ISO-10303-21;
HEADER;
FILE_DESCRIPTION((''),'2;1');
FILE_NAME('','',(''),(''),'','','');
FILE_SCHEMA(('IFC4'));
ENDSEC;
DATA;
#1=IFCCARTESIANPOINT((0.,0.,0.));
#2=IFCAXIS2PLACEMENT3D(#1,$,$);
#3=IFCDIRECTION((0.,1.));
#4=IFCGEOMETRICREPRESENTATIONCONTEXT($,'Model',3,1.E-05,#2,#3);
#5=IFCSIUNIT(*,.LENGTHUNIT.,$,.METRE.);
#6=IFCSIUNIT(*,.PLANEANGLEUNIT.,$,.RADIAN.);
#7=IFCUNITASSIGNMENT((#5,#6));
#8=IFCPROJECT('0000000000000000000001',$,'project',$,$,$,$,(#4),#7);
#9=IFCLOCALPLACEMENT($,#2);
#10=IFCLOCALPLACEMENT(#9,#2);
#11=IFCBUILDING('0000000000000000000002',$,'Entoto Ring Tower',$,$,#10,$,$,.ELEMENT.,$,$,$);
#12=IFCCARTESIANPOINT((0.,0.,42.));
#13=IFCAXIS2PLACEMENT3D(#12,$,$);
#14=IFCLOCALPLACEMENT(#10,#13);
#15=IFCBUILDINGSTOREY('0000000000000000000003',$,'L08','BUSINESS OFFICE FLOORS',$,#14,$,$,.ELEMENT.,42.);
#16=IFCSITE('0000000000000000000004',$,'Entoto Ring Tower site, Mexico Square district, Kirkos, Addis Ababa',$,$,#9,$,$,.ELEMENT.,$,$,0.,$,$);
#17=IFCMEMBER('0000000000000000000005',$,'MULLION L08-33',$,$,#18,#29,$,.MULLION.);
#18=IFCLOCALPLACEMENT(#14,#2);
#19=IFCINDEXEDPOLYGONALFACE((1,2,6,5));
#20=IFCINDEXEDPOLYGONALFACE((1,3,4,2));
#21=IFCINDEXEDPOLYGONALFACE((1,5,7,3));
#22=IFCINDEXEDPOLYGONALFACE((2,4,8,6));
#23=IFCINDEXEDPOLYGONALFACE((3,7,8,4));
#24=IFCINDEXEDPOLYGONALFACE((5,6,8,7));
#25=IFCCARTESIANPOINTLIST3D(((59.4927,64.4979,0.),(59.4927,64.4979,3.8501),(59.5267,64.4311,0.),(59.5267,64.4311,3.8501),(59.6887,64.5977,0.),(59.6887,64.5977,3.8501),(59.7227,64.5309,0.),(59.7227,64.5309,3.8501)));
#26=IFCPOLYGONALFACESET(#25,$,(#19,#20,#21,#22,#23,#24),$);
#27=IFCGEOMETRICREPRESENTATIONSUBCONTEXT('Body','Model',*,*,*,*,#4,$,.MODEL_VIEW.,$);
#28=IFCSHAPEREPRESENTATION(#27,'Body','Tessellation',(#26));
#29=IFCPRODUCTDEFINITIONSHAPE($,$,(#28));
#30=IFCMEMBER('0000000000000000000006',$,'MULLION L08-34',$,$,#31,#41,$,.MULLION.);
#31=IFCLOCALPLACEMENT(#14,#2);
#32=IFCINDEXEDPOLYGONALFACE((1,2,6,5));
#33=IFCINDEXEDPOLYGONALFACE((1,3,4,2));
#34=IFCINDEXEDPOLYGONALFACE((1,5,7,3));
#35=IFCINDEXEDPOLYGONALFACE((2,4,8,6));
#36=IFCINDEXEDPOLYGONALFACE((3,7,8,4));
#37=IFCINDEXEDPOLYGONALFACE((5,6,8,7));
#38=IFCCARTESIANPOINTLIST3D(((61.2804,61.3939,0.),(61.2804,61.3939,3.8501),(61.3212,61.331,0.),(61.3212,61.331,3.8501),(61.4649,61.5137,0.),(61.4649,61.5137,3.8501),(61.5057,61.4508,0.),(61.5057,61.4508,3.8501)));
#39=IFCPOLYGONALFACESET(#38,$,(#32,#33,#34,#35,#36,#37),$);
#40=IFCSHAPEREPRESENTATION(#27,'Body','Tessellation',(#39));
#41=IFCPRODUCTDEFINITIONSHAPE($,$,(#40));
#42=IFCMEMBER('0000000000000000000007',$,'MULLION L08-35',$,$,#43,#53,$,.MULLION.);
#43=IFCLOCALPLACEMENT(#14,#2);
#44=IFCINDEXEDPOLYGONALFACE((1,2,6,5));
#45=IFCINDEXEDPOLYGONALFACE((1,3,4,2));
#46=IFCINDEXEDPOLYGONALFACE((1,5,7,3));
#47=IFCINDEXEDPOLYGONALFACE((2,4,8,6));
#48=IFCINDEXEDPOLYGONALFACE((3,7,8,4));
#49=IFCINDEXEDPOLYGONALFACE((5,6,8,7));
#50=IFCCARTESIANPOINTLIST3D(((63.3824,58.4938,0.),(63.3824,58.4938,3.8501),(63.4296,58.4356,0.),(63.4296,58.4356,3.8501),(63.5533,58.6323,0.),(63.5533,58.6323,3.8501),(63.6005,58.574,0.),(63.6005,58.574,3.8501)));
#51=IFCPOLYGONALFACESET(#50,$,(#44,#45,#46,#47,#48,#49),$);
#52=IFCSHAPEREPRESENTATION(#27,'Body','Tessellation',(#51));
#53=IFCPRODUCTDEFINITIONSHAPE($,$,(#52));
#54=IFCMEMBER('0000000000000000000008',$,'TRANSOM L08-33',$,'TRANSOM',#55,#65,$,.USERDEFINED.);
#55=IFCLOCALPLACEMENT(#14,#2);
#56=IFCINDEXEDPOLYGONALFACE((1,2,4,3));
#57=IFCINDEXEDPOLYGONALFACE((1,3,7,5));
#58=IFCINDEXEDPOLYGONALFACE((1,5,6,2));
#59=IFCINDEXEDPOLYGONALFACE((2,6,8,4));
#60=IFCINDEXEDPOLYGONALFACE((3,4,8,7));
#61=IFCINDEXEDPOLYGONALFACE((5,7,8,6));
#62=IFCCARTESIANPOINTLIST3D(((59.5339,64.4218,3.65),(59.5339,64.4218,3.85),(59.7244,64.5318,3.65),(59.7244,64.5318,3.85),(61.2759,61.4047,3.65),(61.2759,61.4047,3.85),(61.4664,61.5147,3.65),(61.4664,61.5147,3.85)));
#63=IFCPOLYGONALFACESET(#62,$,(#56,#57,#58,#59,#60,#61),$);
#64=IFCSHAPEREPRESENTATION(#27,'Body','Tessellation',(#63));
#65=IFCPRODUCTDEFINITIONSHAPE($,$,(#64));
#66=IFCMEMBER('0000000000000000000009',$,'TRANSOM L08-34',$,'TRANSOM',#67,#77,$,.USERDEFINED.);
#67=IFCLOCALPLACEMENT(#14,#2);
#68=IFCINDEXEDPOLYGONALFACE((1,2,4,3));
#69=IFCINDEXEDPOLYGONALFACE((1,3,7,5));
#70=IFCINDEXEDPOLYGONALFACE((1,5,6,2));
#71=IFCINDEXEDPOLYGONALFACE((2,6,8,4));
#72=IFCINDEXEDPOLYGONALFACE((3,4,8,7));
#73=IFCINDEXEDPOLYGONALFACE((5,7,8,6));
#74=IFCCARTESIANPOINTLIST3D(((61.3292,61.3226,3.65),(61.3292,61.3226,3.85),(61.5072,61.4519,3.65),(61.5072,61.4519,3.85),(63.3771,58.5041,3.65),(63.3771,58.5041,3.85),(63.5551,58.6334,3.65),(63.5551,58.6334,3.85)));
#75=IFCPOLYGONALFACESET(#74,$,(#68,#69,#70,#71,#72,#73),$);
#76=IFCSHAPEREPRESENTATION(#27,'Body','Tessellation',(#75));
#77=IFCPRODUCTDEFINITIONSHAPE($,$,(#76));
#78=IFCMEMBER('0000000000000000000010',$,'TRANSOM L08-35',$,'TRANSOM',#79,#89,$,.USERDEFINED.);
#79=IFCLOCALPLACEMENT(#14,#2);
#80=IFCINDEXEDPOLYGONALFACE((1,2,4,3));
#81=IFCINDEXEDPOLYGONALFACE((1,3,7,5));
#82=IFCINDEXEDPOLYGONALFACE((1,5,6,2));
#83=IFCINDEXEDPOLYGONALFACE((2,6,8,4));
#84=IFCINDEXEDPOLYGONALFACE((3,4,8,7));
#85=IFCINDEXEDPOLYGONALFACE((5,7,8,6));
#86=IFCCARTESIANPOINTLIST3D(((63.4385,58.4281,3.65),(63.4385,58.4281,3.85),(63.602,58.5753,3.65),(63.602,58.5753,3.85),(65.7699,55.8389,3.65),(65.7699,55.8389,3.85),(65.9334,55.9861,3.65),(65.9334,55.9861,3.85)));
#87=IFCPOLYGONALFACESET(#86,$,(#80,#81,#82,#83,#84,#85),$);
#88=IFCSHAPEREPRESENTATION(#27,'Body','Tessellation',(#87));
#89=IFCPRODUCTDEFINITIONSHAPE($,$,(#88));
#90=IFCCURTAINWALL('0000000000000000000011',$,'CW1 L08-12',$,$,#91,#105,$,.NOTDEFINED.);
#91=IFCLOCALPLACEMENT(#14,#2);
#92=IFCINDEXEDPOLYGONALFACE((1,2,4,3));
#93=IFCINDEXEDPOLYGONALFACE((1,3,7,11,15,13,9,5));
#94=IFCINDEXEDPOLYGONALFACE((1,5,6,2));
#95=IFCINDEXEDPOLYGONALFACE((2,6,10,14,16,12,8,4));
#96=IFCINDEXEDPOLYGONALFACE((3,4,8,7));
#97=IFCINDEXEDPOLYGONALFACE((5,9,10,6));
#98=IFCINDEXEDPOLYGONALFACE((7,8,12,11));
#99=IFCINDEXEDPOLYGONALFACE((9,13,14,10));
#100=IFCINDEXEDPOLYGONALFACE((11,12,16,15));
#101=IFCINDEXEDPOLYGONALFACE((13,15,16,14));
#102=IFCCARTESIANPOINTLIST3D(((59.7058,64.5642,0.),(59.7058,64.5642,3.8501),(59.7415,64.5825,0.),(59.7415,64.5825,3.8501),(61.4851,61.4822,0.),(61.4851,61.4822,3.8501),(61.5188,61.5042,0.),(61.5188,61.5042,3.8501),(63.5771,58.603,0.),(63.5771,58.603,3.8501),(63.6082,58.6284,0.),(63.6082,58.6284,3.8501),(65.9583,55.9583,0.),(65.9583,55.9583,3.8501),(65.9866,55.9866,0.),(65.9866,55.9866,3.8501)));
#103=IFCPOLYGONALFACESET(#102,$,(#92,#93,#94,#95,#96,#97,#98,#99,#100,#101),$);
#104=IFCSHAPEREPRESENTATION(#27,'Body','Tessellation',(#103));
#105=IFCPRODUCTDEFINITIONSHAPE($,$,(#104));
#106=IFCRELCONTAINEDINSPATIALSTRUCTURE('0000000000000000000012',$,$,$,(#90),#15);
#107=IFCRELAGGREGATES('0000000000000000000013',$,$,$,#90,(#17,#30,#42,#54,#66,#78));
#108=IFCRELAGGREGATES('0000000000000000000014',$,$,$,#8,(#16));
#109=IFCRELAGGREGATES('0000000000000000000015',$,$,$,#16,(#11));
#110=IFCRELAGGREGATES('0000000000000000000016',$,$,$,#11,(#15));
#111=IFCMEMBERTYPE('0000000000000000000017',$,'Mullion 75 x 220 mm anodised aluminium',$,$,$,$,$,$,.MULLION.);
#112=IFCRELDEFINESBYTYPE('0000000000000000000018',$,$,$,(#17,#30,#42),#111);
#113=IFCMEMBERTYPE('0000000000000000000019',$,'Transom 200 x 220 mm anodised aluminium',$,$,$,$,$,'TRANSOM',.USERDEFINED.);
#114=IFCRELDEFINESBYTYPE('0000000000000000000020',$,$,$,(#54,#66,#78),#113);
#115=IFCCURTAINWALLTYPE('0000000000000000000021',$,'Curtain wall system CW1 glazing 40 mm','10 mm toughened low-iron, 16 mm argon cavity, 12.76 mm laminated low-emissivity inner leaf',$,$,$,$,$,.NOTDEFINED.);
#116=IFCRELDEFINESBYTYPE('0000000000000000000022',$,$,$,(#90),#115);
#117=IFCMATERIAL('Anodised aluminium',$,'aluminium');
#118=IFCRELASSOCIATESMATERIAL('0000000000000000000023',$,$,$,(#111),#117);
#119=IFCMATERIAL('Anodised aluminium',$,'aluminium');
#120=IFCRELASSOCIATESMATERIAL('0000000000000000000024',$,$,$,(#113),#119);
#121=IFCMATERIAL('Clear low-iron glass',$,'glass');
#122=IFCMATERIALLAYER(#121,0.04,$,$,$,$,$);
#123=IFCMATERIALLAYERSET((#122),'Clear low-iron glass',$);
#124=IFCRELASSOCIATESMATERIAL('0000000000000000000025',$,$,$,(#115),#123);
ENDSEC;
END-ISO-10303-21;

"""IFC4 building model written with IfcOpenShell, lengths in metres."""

from ifc_helpers import new_model, si_unit, direction, frame, origin, origin_2d, place, context, subcontext, project, spatial, polyline, rectangle, outline, extrude, material, layer, layer_set, material_profile, profile_set, type_object, element, aggregate, save


model = new_model("IFC4")

# Units and contexts
model_context = context("Model", 3, precision=1e-05, world=origin(), true_north=direction((0.0, 1.0)))
body_context = subcontext(model_context, "Body", "Model", "MODEL_VIEW")
ifc_project = project(units=[si_unit("LENGTHUNIT", "METRE"), si_unit("PLANEANGLEUNIT", "RADIAN")], contexts=[model_context])

# Members
ifc_material_1 = material(Name="Anodised aluminium", Category="aluminium")
ifc_material_profile_1 = material_profile(ifc_material_1, rectangle(XDim=0.075, YDim=0.22, at=origin_2d()), Name="Mullion 75 x 220 mm anodised aluminium")
ifc_profile_set_1 = profile_set([ifc_material_profile_1], Name="Anodised aluminium")
member_type_1 = type_object("IfcMemberType", Name="Mullion 75 x 220 mm anodised aluminium", PredefinedType="MULLION", material=ifc_profile_set_1)
site_placement = place(None, origin())
building_placement = place(site_placement, origin())
storey_placement = place(building_placement, frame((0.0, 0.0, 42.0)))
member_1_placement = place(storey_placement, frame((59.6077, 64.5144, 0.0), z_axis=(0.0, 0.0, 1.0), x_axis=(0.45399, -0.891007, 0.0)))
member_1 = element("IfcMember", 1, at=member_1_placement, type_object=member_type_1, Name="MULLION L08-33", PredefinedType="MULLION", context=body_context, shape_type="SweptSolid", body=[
    extrude(rectangle(XDim=0.075, YDim=0.22, at=origin_2d()), origin(), (0.0, 0.0, 1.0), 3.8501),
])
member_2_placement = place(storey_placement, frame((61.3931, 61.4224, 0.0), z_axis=(0.0, 0.0, 1.0), x_axis=(0.544639, -0.838671, 0.0)))
member_2 = element("IfcMember", 2, at=member_2_placement, type_object=member_type_1, Name="MULLION L08-34", PredefinedType="MULLION", context=body_context, shape_type="SweptSolid", body=[
    extrude(rectangle(XDim=0.075, YDim=0.22, at=origin_2d()), origin(), (0.0, 0.0, 1.0), 3.8501),
])
member_3_placement = place(storey_placement, frame((63.4915, 58.5339, 0.0), z_axis=(0.0, 0.0, 1.0), x_axis=(0.62932, -0.777146, 0.0)))
member_3 = element("IfcMember", 3, at=member_3_placement, type_object=member_type_1, Name="MULLION L08-35", PredefinedType="MULLION", context=body_context, shape_type="SweptSolid", body=[
    extrude(rectangle(XDim=0.075, YDim=0.22, at=origin_2d()), origin(), (0.0, 0.0, 1.0), 3.8501),
])
ifc_material_2 = material(Name="Anodised aluminium", Category="aluminium")
ifc_material_profile_2 = material_profile(ifc_material_2, rectangle(XDim=0.22, YDim=0.2, at=origin_2d()), Name="Transom 200 x 220 mm anodised aluminium")
ifc_profile_set_2 = profile_set([ifc_material_profile_2], Name="Anodised aluminium")
member_type_2 = type_object("IfcMemberType", Name="Transom 200 x 220 mm anodised aluminium", ElementType="TRANSOM", PredefinedType="USERDEFINED", material=ifc_profile_set_2)
member_4_placement = place(storey_placement, frame((59.6292, 64.4768, 3.75), z_axis=(0.500006, -0.866022, 0.0), x_axis=(0.866022, 0.500006, 0.0)))
member_4 = element("IfcMember", 4, at=member_4_placement, type_object=member_type_2, Name="TRANSOM L08-33", ObjectType="TRANSOM", PredefinedType="USERDEFINED", context=body_context, shape_type="SweptSolid", body=[
    extrude(rectangle(XDim=0.22, YDim=0.2, at=origin_2d()), origin(), (0.0, 0.0, 1.0), 3.4839),
])
member_5_placement = place(storey_placement, frame((61.4182, 61.3872, 3.75), z_axis=(0.587822, -0.808991, 0.0), x_axis=(0.808991, 0.587822, 0.0)))
member_5 = element("IfcMember", 5, at=member_5_placement, type_object=member_type_2, Name="TRANSOM L08-34", ObjectType="TRANSOM", PredefinedType="USERDEFINED", context=body_context, shape_type="SweptSolid", body=[
    extrude(rectangle(XDim=0.22, YDim=0.2, at=origin_2d()), origin(), (0.0, 0.0, 1.0), 3.4839),
])
member_6_placement = place(storey_placement, frame((63.5203, 58.5017, 3.75), z_axis=(0.669139, -0.743137, 0.0), x_axis=(0.743137, 0.669139, 0.0)))
member_6 = element("IfcMember", 6, at=member_6_placement, type_object=member_type_2, Name="TRANSOM L08-35", ObjectType="TRANSOM", PredefinedType="USERDEFINED", context=body_context, shape_type="SweptSolid", body=[
    extrude(rectangle(XDim=0.22, YDim=0.2, at=origin_2d()), origin(), (0.0, 0.0, 1.0), 3.4841),
])

# Site, building, storey
site = spatial("IfcSite", under=ifc_project, at=site_placement, Name="Entoto Ring Tower site, Mexico Square district, Kirkos, Addis Ababa", CompositionType="ELEMENT", RefElevation=0.0)
building = spatial("IfcBuilding", under=site, at=building_placement, Name="Entoto Ring Tower", CompositionType="ELEMENT")
storey = spatial("IfcBuildingStorey", under=building, at=storey_placement, Name="L08", Description="BUSINESS OFFICE FLOORS", CompositionType="ELEMENT", Elevation=42.0)

# Curtain wall
ifc_material_3 = material(Name="Clear low-iron glass", Category="glass")
ifc_layer = layer(ifc_material_3, 0.04)
ifc_layer_set = layer_set([ifc_layer], Name="Clear low-iron glass")
curtain_wall_type = type_object("IfcCurtainWallType", Name="Curtain wall system CW1 glazing 40 mm", Description="10 mm toughened low-iron, 16 mm argon cavity, 12.76 mm laminated low-emissivity inner leaf", PredefinedType="NOTDEFINED", material=ifc_layer_set)
curtain_wall_1_placement = place(storey_placement, origin())
curtain_wall_1 = element("IfcCurtainWall", 7, at=curtain_wall_1_placement, inside=storey, type_object=curtain_wall_type, Name="CW1 L08-12", PredefinedType="NOTDEFINED", context=body_context, shape_type="SweptSolid", body=[
    extrude(outline(polyline([(59.7058, 64.5642), (61.4851, 61.4822), (63.5771, 58.603), (65.9583, 55.9583), (65.9866, 55.9866), (63.6082, 58.6284), (61.5188, 61.5042), (59.7415, 64.5825), (59.7058, 64.5642)])), origin(), (0.0, 0.0, 1.0), 3.8501),
])
aggregate(curtain_wall_1, [member_1, member_2, member_3, member_4, member_5, member_6])

save(model, "model.ifc")
